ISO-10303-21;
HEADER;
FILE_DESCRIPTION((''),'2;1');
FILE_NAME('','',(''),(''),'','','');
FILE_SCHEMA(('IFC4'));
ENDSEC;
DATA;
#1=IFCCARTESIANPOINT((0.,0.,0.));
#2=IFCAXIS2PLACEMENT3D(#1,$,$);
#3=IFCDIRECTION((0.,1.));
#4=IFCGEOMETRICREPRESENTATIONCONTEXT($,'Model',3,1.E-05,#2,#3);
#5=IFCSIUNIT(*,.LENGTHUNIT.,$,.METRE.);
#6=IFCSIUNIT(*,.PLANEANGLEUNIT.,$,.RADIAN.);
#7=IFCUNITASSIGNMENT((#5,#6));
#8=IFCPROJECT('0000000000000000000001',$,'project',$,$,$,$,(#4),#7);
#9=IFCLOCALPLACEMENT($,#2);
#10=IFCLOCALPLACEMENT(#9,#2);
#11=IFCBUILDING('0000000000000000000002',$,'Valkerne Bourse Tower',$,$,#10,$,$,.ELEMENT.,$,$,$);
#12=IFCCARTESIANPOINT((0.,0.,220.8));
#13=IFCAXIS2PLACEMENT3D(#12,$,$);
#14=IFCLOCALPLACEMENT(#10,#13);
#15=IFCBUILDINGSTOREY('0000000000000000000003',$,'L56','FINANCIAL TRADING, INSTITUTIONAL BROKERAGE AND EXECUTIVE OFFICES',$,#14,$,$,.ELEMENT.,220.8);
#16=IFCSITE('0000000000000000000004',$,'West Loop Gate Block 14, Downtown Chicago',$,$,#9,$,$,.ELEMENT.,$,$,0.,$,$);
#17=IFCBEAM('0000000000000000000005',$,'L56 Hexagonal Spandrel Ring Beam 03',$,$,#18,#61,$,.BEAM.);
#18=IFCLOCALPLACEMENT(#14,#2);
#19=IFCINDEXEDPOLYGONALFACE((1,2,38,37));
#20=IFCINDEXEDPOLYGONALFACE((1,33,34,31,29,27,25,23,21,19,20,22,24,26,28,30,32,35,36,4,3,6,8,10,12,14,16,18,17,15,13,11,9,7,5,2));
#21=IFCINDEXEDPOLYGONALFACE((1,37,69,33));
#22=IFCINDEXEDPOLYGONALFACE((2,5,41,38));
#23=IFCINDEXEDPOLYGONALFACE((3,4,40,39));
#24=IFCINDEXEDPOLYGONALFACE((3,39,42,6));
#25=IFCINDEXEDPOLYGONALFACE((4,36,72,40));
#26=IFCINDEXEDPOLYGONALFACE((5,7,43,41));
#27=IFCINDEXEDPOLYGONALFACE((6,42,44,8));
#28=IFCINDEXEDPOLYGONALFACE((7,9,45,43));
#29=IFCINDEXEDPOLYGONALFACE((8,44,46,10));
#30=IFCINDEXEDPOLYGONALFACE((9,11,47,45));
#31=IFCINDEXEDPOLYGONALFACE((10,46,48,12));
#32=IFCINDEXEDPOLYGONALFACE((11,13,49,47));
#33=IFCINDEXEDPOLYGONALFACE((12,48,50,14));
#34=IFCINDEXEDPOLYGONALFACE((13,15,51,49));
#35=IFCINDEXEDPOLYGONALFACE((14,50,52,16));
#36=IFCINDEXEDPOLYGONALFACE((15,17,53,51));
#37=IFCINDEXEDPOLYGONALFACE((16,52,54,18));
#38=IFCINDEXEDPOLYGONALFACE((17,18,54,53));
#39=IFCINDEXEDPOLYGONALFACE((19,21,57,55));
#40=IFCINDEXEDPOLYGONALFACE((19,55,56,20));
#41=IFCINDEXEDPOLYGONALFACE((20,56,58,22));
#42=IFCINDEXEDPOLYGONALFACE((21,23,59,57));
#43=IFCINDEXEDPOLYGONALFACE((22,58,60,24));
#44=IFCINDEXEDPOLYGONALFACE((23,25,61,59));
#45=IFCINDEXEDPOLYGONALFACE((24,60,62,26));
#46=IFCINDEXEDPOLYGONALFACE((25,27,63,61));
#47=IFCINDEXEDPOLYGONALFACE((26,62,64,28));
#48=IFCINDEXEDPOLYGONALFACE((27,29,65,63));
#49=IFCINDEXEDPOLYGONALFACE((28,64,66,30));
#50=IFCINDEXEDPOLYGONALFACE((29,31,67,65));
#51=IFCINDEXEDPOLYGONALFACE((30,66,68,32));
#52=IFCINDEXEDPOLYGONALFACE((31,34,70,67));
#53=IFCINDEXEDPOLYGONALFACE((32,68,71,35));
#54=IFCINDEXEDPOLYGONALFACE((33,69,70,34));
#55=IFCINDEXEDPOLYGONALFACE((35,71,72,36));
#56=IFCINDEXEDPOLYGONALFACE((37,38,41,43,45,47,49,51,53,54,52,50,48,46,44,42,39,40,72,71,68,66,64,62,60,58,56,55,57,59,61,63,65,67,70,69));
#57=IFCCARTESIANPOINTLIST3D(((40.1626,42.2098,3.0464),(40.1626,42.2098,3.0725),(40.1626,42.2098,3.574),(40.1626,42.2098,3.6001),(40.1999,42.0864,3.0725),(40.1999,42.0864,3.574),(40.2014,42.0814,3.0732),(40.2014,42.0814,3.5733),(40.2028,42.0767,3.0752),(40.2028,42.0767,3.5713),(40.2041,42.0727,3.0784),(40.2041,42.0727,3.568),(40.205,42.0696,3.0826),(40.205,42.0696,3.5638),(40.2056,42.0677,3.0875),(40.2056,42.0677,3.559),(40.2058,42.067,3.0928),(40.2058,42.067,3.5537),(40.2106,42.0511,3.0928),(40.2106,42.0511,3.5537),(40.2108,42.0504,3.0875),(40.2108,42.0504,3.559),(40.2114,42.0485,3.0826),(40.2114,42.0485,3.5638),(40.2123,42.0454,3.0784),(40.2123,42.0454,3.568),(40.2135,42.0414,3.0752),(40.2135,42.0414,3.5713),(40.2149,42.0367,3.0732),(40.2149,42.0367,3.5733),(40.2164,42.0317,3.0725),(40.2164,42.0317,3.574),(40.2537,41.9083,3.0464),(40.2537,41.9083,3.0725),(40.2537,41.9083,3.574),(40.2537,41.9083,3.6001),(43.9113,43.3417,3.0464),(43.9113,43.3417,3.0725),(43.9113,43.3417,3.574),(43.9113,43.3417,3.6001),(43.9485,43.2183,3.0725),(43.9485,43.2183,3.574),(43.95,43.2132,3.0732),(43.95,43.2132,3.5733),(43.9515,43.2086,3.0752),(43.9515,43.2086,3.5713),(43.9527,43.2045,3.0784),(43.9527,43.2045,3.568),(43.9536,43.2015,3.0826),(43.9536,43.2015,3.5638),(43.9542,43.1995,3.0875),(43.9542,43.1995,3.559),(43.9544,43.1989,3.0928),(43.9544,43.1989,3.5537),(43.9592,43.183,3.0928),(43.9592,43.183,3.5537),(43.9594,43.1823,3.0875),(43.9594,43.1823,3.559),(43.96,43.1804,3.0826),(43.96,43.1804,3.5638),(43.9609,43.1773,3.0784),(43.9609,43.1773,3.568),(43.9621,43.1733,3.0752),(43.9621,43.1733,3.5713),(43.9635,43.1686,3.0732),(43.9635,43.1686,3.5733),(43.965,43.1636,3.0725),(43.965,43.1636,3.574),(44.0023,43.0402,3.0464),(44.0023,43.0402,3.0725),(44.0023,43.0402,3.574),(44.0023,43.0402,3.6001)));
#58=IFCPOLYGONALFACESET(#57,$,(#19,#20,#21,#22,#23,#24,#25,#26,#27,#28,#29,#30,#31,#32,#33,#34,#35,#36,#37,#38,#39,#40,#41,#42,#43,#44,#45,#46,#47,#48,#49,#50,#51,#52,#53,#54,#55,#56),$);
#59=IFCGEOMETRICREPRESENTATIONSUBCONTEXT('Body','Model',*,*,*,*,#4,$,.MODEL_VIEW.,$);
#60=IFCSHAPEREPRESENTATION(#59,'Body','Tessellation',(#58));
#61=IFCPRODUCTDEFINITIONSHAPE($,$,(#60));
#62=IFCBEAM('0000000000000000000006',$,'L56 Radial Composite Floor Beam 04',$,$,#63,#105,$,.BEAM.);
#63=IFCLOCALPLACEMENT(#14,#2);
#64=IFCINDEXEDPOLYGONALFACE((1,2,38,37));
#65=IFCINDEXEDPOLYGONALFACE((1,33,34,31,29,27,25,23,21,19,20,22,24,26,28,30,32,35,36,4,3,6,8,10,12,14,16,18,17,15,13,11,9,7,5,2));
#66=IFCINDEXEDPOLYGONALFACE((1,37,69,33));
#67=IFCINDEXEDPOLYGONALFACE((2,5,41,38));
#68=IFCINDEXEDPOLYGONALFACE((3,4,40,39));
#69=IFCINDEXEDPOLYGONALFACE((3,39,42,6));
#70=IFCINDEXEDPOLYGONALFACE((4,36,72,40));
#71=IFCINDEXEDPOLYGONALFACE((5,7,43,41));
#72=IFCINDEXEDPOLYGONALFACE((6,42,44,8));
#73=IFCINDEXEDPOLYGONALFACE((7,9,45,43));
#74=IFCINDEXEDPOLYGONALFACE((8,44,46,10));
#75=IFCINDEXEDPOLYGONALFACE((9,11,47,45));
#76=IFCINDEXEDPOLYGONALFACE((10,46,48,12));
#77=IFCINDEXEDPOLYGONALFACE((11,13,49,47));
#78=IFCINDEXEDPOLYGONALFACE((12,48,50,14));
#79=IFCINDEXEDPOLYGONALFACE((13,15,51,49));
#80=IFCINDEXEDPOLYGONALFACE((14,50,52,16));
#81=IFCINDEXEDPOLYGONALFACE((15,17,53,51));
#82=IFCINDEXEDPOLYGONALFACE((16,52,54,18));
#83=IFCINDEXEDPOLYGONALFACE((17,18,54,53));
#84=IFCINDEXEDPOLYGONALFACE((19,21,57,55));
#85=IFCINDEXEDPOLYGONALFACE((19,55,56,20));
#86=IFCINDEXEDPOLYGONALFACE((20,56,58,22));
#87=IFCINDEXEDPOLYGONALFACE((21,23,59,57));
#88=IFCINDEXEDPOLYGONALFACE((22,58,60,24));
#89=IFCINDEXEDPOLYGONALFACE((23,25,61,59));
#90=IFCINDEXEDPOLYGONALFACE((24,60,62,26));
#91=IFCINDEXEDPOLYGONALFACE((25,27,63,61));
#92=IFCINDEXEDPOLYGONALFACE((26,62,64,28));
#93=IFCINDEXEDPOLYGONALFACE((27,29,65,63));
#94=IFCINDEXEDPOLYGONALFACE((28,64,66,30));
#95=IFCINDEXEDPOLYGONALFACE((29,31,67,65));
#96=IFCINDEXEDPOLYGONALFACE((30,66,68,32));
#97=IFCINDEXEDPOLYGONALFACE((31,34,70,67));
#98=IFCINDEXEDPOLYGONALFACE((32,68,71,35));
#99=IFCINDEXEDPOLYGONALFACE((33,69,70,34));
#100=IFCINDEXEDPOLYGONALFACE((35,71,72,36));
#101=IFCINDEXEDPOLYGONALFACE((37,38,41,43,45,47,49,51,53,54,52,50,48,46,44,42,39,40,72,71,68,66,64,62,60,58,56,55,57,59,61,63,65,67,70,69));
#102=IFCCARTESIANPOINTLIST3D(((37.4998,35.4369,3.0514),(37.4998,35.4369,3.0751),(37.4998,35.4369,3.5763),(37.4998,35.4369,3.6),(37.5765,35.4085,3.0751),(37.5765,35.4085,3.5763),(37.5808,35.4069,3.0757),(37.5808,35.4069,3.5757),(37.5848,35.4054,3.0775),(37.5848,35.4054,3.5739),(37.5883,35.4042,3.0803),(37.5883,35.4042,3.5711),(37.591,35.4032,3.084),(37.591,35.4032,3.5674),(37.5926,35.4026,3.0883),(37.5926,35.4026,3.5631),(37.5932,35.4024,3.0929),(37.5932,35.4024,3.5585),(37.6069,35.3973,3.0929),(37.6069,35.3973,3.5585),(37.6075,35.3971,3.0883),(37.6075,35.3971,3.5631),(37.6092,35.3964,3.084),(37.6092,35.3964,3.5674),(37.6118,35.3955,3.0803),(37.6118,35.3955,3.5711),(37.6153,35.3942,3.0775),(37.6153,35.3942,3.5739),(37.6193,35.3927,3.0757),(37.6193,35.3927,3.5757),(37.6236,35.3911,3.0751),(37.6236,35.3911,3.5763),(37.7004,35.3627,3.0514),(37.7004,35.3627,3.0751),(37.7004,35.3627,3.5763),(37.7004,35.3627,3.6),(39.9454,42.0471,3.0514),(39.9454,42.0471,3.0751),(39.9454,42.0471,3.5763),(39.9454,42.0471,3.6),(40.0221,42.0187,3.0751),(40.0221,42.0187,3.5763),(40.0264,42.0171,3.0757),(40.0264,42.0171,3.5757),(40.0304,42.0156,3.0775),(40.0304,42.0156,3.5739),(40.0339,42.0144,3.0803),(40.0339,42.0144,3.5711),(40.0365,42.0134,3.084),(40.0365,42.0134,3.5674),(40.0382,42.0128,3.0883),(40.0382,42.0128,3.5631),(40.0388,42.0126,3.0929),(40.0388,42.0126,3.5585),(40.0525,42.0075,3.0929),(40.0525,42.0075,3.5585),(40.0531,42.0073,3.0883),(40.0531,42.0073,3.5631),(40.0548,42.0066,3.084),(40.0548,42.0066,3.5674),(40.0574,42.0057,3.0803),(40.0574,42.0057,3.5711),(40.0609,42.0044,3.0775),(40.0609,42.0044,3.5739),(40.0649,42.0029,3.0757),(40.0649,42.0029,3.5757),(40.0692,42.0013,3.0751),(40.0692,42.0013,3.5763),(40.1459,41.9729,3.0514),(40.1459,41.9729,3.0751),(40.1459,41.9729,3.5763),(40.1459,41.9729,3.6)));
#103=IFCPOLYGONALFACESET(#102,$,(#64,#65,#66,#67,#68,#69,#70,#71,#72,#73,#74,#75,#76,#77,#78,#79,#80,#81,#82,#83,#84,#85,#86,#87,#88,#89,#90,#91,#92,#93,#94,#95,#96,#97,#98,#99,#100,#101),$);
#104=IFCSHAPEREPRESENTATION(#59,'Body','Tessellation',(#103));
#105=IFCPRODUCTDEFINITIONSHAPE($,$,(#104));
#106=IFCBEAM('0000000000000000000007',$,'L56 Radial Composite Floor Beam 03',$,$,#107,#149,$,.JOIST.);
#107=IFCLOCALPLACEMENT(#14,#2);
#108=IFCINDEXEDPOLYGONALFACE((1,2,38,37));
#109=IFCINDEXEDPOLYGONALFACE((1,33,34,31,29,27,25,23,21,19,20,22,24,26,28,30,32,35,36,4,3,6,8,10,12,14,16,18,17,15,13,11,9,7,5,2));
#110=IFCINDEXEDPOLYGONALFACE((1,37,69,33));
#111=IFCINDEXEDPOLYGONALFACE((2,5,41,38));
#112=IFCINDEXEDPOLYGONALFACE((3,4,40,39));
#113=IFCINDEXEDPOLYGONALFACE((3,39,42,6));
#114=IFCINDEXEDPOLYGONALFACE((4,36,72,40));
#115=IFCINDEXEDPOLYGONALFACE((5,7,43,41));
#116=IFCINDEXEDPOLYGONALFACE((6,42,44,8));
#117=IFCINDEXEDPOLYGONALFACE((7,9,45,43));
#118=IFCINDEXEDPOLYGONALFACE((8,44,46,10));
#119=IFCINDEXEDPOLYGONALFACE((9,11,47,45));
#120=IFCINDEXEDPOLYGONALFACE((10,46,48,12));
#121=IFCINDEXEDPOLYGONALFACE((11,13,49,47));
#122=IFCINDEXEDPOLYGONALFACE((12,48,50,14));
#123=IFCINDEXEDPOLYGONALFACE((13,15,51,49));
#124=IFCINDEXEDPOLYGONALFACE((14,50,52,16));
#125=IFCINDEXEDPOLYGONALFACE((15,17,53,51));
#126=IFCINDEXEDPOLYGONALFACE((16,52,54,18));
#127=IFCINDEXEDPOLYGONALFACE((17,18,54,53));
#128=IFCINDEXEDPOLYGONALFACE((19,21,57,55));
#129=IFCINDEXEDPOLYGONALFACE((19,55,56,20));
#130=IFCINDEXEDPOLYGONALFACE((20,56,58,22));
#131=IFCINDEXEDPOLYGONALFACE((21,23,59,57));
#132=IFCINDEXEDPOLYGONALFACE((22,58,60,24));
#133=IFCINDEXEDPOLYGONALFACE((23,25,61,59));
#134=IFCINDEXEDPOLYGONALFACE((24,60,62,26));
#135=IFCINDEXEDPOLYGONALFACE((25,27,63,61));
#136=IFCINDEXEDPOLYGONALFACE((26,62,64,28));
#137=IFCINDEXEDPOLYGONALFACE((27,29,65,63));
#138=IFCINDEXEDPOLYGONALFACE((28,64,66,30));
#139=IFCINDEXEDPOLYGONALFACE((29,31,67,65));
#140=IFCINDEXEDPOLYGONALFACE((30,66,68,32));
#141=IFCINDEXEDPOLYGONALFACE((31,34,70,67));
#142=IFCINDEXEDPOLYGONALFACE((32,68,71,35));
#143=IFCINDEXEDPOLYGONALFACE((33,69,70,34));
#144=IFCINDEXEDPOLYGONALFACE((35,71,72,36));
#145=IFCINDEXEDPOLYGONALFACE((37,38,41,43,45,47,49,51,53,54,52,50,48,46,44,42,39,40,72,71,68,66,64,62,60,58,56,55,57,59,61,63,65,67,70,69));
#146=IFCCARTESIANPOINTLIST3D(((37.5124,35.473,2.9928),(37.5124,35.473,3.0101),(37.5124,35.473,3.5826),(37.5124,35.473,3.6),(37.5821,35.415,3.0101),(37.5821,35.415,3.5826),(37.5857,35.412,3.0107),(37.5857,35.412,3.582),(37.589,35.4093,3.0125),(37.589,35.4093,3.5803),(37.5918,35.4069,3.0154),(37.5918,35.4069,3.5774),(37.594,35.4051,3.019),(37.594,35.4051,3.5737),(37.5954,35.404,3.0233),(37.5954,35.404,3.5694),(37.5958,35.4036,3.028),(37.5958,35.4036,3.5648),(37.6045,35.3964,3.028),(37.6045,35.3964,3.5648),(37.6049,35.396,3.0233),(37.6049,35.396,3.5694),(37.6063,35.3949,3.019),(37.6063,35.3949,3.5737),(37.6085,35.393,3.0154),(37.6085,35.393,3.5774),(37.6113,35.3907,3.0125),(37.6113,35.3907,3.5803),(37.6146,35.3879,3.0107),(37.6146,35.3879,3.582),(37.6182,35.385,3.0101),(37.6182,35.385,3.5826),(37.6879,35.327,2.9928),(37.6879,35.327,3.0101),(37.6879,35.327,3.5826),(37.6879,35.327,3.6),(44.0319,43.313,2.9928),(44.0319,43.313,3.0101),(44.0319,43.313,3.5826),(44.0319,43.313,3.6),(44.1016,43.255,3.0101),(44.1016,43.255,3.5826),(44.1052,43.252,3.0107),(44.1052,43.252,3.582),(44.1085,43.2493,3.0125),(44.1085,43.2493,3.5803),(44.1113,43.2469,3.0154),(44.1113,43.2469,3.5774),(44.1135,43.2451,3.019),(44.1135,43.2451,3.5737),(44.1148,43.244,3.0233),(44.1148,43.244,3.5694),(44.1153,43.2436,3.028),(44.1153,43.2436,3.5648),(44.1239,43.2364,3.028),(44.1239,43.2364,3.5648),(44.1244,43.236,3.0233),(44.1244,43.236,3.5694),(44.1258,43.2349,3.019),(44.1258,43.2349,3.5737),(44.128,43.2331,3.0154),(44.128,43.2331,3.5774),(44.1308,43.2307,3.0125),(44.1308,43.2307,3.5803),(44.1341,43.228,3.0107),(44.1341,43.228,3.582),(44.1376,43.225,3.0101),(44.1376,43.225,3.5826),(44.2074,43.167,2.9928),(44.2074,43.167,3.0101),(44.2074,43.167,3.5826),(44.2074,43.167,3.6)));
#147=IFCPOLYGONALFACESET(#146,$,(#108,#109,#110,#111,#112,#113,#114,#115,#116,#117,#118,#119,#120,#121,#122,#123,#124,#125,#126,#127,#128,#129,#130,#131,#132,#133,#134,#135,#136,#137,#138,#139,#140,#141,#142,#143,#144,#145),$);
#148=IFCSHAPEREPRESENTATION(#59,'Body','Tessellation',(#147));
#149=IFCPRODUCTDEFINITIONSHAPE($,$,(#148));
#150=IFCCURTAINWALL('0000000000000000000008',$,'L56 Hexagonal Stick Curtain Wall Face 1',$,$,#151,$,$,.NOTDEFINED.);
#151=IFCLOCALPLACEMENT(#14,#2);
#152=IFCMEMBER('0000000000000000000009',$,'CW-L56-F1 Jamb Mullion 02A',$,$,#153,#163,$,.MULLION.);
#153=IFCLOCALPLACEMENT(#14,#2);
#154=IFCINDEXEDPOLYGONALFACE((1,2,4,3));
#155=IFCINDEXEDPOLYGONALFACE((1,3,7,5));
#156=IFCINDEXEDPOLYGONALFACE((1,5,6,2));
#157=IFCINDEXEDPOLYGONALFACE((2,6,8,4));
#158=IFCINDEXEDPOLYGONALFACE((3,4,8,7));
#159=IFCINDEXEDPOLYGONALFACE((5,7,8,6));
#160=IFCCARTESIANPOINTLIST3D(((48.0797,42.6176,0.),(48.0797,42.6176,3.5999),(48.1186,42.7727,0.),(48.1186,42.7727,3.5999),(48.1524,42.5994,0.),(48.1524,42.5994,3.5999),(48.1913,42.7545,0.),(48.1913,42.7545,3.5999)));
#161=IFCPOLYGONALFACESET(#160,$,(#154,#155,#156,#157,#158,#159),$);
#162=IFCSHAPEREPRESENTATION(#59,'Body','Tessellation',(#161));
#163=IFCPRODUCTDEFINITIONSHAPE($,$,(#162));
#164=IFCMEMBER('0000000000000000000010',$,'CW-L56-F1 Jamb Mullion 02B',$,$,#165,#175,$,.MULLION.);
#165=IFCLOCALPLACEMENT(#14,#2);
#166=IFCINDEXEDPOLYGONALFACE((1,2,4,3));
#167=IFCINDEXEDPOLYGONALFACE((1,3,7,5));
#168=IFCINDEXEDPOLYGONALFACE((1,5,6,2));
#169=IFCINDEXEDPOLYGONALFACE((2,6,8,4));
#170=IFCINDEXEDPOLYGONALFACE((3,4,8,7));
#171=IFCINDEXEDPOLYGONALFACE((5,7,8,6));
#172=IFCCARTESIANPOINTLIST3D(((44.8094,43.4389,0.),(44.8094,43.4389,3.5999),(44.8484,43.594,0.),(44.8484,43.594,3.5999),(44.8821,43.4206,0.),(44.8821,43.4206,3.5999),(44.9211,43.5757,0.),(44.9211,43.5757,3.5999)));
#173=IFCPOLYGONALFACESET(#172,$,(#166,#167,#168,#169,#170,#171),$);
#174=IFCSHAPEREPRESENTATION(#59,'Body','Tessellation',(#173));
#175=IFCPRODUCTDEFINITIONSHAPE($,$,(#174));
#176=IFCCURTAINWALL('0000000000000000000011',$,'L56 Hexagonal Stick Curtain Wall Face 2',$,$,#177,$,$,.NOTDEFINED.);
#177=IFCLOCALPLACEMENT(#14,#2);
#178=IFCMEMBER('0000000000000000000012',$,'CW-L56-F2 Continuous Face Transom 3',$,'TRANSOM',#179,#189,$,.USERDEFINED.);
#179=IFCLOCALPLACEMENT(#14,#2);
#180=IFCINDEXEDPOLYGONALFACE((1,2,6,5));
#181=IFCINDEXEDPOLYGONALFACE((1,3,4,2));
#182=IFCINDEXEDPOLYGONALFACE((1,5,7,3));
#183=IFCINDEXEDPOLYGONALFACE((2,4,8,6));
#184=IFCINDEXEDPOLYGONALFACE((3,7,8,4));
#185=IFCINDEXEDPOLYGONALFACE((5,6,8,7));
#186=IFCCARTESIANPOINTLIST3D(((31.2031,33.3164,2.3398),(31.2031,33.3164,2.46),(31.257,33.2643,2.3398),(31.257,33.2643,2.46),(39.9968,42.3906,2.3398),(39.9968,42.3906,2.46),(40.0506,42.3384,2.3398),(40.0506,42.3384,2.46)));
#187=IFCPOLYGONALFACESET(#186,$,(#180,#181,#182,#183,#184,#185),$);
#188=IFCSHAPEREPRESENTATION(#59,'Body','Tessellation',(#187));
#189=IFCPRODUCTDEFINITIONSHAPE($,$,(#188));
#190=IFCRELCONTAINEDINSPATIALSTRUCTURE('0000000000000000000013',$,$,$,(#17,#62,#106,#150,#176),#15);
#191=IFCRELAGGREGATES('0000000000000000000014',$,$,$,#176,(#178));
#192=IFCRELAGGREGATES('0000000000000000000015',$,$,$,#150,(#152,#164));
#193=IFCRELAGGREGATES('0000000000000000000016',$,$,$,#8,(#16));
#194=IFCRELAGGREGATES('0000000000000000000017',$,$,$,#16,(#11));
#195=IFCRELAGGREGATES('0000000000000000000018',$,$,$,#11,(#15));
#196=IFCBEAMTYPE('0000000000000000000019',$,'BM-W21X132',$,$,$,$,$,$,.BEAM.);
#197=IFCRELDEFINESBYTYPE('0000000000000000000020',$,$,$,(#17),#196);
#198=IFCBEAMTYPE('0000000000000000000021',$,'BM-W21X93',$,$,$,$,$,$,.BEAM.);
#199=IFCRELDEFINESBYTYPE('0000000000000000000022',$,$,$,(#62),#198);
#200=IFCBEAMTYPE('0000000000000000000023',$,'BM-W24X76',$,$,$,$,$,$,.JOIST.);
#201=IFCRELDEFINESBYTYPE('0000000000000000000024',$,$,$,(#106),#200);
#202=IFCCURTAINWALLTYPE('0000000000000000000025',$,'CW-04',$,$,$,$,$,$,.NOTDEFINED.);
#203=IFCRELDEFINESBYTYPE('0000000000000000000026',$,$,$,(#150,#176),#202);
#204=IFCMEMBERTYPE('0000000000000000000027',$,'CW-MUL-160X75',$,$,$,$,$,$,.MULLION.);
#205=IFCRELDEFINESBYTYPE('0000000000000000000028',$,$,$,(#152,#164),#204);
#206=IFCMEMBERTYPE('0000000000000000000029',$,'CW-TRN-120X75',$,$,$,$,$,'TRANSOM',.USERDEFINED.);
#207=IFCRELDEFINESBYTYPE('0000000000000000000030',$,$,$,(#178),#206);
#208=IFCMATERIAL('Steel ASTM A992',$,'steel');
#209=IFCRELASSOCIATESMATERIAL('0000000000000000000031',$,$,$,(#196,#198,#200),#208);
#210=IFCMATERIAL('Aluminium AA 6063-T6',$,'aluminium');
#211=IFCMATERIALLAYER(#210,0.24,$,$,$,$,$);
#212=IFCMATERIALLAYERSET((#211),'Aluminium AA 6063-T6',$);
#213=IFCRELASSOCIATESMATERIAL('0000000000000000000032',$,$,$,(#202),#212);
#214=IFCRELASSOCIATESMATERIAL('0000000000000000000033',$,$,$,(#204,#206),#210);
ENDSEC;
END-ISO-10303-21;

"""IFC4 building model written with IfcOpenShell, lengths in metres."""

from ifc_helpers import new_model, si_unit, direction, frame, origin, origin_2d, place, context, subcontext, project, spatial, rectangle, i_section, extrude, material, layer, layer_set, material_profile, profile_set, type_object, element, aggregate, save


model = new_model("IFC4")

# Units and contexts
model_context = context("Model", 3, precision=1e-05, world=origin(), true_north=direction((0.0, 1.0)))
body_context = subcontext(model_context, "Body", "Model", "MODEL_VIEW")
ifc_project = project(units=[si_unit("LENGTHUNIT", "METRE"), si_unit("PLANEANGLEUNIT", "RADIAN")], contexts=[model_context])

# Site, building, storey
site_placement = place(None, origin())
site = spatial("IfcSite", under=ifc_project, at=site_placement, Name="West Loop Gate Block 14, Downtown Chicago", CompositionType="ELEMENT", RefElevation=0.0)
building_placement = place(site_placement, origin())
building = spatial("IfcBuilding", under=site, at=building_placement, Name="Valkerne Bourse Tower", CompositionType="ELEMENT")
storey_placement = place(building_placement, frame((0.0, 0.0, 220.8)))
storey = spatial("IfcBuildingStorey", under=building, at=storey_placement, Name="L56", Description="FINANCIAL TRADING, INSTITUTIONAL BROKERAGE AND EXECUTIVE OFFICES", CompositionType="ELEMENT", Elevation=220.8)

# Beams
ifc_material_1 = material(Name="Steel ASTM A992", Category="steel")
ifc_material_profile_1 = material_profile(ifc_material_1, i_section(OverallWidth=0.3149, OverallDepth=0.5537, WebThickness=0.0166, FlangeThickness=0.0261, FilletRadius=0.0203, at=origin_2d()), Name="W21X132")
ifc_profile_set_1 = profile_set([ifc_material_profile_1], Name="Steel ASTM A992")
beam_type_1 = type_object("IfcBeamType", Name="BM-W21X132", PredefinedType="BEAM", material=ifc_profile_set_1)
beam_1_placement = place(storey_placement, frame((43.9568, 43.1909, 3.3232), z_axis=(-0.957313, -0.289052, 0.0), x_axis=(0.289052, -0.957313, 0.0)))
element("IfcBeam", 1, at=beam_1_placement, inside=storey, type_object=beam_type_1, Name="L56 Hexagonal Spandrel Ring Beam 03", PredefinedType="BEAM", context=body_context, shape_type="SweptSolid", body=[
    extrude(i_section(OverallWidth=0.3149, OverallDepth=0.5537, WebThickness=0.0166, FlangeThickness=0.0261, FilletRadius=0.0203, at=origin_2d()), origin(), (0.0, 0.0, 1.0), 3.9158),
])
ifc_material_profile_2 = material_profile(ifc_material_1, i_section(OverallWidth=0.2139, OverallDepth=0.5486, WebThickness=0.0146, FlangeThickness=0.0237, FilletRadius=0.0178, at=origin_2d()), Name="W21X93")
ifc_profile_set_2 = profile_set([ifc_material_profile_2], Name="Steel ASTM A992")
beam_type_2 = type_object("IfcBeamType", Name="BM-W21X93", PredefinedType="BEAM", material=ifc_profile_set_2)
beam_2_placement = place(storey_placement, frame((40.0457, 42.01, 3.3257), z_axis=(-0.346986, -0.93787, 0.0), x_axis=(0.93787, -0.346986, 0.0)))
element("IfcBeam", 2, at=beam_2_placement, inside=storey, type_object=beam_type_2, Name="L56 Radial Composite Floor Beam 04", PredefinedType="BEAM", context=body_context, shape_type="SweptSolid", body=[
    extrude(i_section(OverallWidth=0.2139, OverallDepth=0.5486, WebThickness=0.0146, FlangeThickness=0.0237, FilletRadius=0.0178, at=origin_2d()), origin(), (0.0, 0.0, 1.0), 7.0481),
])
ifc_material_profile_3 = material_profile(ifc_material_1, i_section(OverallWidth=0.2283, OverallDepth=0.6072, WebThickness=0.0112, FlangeThickness=0.0173, FilletRadius=0.0178, at=origin_2d()), Name="W24X76")
ifc_profile_set_3 = profile_set([ifc_material_profile_3], Name="Steel ASTM A992")
beam_type_3 = type_object("IfcBeamType", Name="BM-W24X76", PredefinedType="JOIST", material=ifc_profile_set_3)
beam_3_placement = place(storey_placement, frame((44.1196, 43.24, 3.2964), z_axis=(-0.639381, -0.76889, 0.0), x_axis=(0.76889, -0.639381, 0.0)))
element("IfcBeam", 3, at=beam_3_placement, inside=storey, type_object=beam_type_3, Name="L56 Radial Composite Floor Beam 03", PredefinedType="JOIST", context=body_context, shape_type="SweptSolid", body=[
    extrude(i_section(OverallWidth=0.2283, OverallDepth=0.6072, WebThickness=0.0112, FlangeThickness=0.0173, FilletRadius=0.0178, at=origin_2d()), origin(), (0.0, 0.0, 1.0), 10.1965),
])

# Curtain walls, members
ifc_material_2 = material(Name="Aluminium AA 6063-T6", Category="aluminium")
ifc_layer_1 = layer(ifc_material_2, 0.24)
ifc_layer_set_1 = layer_set([ifc_layer_1], Name="Aluminium AA 6063-T6")
curtain_wall_type = type_object("IfcCurtainWallType", Name="CW-04", PredefinedType="NOTDEFINED", material=ifc_layer_set_1)
curtain_wall_1_placement = place(storey_placement, origin())
curtain_wall_1 = element("IfcCurtainWall", 4, at=curtain_wall_1_placement, inside=storey, type_object=curtain_wall_type, Name="L56 Hexagonal Stick Curtain Wall Face 1", PredefinedType="NOTDEFINED")
ifc_material_profile_4 = material_profile(ifc_material_2, rectangle(XDim=0.075, YDim=0.1599, at=origin_2d()), Name="CWM-75X160")
ifc_profile_set_4 = profile_set([ifc_material_profile_4], Name="Aluminium AA 6063-T6")
member_type_1 = type_object("IfcMemberType", Name="CW-MUL-160X75", PredefinedType="MULLION", material=ifc_profile_set_4)
member_1_placement = place(storey_placement, frame((48.1355, 42.686, 0.0), z_axis=(0.0, 0.0, 1.0), x_axis=(-0.969872, 0.243614, 0.0)))
member_1 = element("IfcMember", 5, at=member_1_placement, type_object=member_type_1, Name="CW-L56-F1 Jamb Mullion 02A", PredefinedType="MULLION", context=body_context, shape_type="SweptSolid", body=[
    extrude(rectangle(XDim=0.075, YDim=0.1599, at=origin_2d()), origin(), (0.0, 0.0, 1.0), 3.5999),
])
member_2_placement = place(storey_placement, frame((44.8652, 43.5073, 0.0), z_axis=(0.0, 0.0, 1.0), x_axis=(-0.969872, 0.243614, 0.0)))
member_2 = element("IfcMember", 6, at=member_2_placement, type_object=member_type_1, Name="CW-L56-F1 Jamb Mullion 02B", PredefinedType="MULLION", context=body_context, shape_type="SweptSolid", body=[
    extrude(rectangle(XDim=0.075, YDim=0.1599, at=origin_2d()), origin(), (0.0, 0.0, 1.0), 3.5999),
])
curtain_wall_2_placement = place(storey_placement, origin())
curtain_wall_2 = element("IfcCurtainWall", 7, at=curtain_wall_2_placement, inside=storey, type_object=curtain_wall_type, Name="L56 Hexagonal Stick Curtain Wall Face 2", PredefinedType="NOTDEFINED")
ifc_material_profile_5 = material_profile(ifc_material_2, rectangle(XDim=0.075, YDim=0.1201, at=origin_2d()), Name="CWT-75X120")
ifc_profile_set_5 = profile_set([ifc_material_profile_5], Name="Aluminium AA 6063-T6")
member_type_2 = type_object("IfcMemberType", Name="CW-TRN-120X75", ElementType="TRANSOM", PredefinedType="USERDEFINED", material=ifc_profile_set_5)
member_3_placement = place(storey_placement, frame((40.0237, 42.3645, 2.3999), z_axis=(-0.69592, -0.71812, 0.0), x_axis=(0.71812, -0.69592, 0.0)))
member_3 = element("IfcMember", 8, at=member_3_placement, type_object=member_type_2, Name="CW-L56-F2 Continuous Face Transom 3", ObjectType="TRANSOM", PredefinedType="USERDEFINED", context=body_context, shape_type="SweptSolid", body=[
    extrude(rectangle(XDim=0.075, YDim=0.1201, at=origin_2d()), origin(), (0.0, 0.0, 1.0), 12.636),
])
aggregate(curtain_wall_2, [member_3])

aggregate(curtain_wall_1, [member_1, member_2])

save(model, "model.ifc")
